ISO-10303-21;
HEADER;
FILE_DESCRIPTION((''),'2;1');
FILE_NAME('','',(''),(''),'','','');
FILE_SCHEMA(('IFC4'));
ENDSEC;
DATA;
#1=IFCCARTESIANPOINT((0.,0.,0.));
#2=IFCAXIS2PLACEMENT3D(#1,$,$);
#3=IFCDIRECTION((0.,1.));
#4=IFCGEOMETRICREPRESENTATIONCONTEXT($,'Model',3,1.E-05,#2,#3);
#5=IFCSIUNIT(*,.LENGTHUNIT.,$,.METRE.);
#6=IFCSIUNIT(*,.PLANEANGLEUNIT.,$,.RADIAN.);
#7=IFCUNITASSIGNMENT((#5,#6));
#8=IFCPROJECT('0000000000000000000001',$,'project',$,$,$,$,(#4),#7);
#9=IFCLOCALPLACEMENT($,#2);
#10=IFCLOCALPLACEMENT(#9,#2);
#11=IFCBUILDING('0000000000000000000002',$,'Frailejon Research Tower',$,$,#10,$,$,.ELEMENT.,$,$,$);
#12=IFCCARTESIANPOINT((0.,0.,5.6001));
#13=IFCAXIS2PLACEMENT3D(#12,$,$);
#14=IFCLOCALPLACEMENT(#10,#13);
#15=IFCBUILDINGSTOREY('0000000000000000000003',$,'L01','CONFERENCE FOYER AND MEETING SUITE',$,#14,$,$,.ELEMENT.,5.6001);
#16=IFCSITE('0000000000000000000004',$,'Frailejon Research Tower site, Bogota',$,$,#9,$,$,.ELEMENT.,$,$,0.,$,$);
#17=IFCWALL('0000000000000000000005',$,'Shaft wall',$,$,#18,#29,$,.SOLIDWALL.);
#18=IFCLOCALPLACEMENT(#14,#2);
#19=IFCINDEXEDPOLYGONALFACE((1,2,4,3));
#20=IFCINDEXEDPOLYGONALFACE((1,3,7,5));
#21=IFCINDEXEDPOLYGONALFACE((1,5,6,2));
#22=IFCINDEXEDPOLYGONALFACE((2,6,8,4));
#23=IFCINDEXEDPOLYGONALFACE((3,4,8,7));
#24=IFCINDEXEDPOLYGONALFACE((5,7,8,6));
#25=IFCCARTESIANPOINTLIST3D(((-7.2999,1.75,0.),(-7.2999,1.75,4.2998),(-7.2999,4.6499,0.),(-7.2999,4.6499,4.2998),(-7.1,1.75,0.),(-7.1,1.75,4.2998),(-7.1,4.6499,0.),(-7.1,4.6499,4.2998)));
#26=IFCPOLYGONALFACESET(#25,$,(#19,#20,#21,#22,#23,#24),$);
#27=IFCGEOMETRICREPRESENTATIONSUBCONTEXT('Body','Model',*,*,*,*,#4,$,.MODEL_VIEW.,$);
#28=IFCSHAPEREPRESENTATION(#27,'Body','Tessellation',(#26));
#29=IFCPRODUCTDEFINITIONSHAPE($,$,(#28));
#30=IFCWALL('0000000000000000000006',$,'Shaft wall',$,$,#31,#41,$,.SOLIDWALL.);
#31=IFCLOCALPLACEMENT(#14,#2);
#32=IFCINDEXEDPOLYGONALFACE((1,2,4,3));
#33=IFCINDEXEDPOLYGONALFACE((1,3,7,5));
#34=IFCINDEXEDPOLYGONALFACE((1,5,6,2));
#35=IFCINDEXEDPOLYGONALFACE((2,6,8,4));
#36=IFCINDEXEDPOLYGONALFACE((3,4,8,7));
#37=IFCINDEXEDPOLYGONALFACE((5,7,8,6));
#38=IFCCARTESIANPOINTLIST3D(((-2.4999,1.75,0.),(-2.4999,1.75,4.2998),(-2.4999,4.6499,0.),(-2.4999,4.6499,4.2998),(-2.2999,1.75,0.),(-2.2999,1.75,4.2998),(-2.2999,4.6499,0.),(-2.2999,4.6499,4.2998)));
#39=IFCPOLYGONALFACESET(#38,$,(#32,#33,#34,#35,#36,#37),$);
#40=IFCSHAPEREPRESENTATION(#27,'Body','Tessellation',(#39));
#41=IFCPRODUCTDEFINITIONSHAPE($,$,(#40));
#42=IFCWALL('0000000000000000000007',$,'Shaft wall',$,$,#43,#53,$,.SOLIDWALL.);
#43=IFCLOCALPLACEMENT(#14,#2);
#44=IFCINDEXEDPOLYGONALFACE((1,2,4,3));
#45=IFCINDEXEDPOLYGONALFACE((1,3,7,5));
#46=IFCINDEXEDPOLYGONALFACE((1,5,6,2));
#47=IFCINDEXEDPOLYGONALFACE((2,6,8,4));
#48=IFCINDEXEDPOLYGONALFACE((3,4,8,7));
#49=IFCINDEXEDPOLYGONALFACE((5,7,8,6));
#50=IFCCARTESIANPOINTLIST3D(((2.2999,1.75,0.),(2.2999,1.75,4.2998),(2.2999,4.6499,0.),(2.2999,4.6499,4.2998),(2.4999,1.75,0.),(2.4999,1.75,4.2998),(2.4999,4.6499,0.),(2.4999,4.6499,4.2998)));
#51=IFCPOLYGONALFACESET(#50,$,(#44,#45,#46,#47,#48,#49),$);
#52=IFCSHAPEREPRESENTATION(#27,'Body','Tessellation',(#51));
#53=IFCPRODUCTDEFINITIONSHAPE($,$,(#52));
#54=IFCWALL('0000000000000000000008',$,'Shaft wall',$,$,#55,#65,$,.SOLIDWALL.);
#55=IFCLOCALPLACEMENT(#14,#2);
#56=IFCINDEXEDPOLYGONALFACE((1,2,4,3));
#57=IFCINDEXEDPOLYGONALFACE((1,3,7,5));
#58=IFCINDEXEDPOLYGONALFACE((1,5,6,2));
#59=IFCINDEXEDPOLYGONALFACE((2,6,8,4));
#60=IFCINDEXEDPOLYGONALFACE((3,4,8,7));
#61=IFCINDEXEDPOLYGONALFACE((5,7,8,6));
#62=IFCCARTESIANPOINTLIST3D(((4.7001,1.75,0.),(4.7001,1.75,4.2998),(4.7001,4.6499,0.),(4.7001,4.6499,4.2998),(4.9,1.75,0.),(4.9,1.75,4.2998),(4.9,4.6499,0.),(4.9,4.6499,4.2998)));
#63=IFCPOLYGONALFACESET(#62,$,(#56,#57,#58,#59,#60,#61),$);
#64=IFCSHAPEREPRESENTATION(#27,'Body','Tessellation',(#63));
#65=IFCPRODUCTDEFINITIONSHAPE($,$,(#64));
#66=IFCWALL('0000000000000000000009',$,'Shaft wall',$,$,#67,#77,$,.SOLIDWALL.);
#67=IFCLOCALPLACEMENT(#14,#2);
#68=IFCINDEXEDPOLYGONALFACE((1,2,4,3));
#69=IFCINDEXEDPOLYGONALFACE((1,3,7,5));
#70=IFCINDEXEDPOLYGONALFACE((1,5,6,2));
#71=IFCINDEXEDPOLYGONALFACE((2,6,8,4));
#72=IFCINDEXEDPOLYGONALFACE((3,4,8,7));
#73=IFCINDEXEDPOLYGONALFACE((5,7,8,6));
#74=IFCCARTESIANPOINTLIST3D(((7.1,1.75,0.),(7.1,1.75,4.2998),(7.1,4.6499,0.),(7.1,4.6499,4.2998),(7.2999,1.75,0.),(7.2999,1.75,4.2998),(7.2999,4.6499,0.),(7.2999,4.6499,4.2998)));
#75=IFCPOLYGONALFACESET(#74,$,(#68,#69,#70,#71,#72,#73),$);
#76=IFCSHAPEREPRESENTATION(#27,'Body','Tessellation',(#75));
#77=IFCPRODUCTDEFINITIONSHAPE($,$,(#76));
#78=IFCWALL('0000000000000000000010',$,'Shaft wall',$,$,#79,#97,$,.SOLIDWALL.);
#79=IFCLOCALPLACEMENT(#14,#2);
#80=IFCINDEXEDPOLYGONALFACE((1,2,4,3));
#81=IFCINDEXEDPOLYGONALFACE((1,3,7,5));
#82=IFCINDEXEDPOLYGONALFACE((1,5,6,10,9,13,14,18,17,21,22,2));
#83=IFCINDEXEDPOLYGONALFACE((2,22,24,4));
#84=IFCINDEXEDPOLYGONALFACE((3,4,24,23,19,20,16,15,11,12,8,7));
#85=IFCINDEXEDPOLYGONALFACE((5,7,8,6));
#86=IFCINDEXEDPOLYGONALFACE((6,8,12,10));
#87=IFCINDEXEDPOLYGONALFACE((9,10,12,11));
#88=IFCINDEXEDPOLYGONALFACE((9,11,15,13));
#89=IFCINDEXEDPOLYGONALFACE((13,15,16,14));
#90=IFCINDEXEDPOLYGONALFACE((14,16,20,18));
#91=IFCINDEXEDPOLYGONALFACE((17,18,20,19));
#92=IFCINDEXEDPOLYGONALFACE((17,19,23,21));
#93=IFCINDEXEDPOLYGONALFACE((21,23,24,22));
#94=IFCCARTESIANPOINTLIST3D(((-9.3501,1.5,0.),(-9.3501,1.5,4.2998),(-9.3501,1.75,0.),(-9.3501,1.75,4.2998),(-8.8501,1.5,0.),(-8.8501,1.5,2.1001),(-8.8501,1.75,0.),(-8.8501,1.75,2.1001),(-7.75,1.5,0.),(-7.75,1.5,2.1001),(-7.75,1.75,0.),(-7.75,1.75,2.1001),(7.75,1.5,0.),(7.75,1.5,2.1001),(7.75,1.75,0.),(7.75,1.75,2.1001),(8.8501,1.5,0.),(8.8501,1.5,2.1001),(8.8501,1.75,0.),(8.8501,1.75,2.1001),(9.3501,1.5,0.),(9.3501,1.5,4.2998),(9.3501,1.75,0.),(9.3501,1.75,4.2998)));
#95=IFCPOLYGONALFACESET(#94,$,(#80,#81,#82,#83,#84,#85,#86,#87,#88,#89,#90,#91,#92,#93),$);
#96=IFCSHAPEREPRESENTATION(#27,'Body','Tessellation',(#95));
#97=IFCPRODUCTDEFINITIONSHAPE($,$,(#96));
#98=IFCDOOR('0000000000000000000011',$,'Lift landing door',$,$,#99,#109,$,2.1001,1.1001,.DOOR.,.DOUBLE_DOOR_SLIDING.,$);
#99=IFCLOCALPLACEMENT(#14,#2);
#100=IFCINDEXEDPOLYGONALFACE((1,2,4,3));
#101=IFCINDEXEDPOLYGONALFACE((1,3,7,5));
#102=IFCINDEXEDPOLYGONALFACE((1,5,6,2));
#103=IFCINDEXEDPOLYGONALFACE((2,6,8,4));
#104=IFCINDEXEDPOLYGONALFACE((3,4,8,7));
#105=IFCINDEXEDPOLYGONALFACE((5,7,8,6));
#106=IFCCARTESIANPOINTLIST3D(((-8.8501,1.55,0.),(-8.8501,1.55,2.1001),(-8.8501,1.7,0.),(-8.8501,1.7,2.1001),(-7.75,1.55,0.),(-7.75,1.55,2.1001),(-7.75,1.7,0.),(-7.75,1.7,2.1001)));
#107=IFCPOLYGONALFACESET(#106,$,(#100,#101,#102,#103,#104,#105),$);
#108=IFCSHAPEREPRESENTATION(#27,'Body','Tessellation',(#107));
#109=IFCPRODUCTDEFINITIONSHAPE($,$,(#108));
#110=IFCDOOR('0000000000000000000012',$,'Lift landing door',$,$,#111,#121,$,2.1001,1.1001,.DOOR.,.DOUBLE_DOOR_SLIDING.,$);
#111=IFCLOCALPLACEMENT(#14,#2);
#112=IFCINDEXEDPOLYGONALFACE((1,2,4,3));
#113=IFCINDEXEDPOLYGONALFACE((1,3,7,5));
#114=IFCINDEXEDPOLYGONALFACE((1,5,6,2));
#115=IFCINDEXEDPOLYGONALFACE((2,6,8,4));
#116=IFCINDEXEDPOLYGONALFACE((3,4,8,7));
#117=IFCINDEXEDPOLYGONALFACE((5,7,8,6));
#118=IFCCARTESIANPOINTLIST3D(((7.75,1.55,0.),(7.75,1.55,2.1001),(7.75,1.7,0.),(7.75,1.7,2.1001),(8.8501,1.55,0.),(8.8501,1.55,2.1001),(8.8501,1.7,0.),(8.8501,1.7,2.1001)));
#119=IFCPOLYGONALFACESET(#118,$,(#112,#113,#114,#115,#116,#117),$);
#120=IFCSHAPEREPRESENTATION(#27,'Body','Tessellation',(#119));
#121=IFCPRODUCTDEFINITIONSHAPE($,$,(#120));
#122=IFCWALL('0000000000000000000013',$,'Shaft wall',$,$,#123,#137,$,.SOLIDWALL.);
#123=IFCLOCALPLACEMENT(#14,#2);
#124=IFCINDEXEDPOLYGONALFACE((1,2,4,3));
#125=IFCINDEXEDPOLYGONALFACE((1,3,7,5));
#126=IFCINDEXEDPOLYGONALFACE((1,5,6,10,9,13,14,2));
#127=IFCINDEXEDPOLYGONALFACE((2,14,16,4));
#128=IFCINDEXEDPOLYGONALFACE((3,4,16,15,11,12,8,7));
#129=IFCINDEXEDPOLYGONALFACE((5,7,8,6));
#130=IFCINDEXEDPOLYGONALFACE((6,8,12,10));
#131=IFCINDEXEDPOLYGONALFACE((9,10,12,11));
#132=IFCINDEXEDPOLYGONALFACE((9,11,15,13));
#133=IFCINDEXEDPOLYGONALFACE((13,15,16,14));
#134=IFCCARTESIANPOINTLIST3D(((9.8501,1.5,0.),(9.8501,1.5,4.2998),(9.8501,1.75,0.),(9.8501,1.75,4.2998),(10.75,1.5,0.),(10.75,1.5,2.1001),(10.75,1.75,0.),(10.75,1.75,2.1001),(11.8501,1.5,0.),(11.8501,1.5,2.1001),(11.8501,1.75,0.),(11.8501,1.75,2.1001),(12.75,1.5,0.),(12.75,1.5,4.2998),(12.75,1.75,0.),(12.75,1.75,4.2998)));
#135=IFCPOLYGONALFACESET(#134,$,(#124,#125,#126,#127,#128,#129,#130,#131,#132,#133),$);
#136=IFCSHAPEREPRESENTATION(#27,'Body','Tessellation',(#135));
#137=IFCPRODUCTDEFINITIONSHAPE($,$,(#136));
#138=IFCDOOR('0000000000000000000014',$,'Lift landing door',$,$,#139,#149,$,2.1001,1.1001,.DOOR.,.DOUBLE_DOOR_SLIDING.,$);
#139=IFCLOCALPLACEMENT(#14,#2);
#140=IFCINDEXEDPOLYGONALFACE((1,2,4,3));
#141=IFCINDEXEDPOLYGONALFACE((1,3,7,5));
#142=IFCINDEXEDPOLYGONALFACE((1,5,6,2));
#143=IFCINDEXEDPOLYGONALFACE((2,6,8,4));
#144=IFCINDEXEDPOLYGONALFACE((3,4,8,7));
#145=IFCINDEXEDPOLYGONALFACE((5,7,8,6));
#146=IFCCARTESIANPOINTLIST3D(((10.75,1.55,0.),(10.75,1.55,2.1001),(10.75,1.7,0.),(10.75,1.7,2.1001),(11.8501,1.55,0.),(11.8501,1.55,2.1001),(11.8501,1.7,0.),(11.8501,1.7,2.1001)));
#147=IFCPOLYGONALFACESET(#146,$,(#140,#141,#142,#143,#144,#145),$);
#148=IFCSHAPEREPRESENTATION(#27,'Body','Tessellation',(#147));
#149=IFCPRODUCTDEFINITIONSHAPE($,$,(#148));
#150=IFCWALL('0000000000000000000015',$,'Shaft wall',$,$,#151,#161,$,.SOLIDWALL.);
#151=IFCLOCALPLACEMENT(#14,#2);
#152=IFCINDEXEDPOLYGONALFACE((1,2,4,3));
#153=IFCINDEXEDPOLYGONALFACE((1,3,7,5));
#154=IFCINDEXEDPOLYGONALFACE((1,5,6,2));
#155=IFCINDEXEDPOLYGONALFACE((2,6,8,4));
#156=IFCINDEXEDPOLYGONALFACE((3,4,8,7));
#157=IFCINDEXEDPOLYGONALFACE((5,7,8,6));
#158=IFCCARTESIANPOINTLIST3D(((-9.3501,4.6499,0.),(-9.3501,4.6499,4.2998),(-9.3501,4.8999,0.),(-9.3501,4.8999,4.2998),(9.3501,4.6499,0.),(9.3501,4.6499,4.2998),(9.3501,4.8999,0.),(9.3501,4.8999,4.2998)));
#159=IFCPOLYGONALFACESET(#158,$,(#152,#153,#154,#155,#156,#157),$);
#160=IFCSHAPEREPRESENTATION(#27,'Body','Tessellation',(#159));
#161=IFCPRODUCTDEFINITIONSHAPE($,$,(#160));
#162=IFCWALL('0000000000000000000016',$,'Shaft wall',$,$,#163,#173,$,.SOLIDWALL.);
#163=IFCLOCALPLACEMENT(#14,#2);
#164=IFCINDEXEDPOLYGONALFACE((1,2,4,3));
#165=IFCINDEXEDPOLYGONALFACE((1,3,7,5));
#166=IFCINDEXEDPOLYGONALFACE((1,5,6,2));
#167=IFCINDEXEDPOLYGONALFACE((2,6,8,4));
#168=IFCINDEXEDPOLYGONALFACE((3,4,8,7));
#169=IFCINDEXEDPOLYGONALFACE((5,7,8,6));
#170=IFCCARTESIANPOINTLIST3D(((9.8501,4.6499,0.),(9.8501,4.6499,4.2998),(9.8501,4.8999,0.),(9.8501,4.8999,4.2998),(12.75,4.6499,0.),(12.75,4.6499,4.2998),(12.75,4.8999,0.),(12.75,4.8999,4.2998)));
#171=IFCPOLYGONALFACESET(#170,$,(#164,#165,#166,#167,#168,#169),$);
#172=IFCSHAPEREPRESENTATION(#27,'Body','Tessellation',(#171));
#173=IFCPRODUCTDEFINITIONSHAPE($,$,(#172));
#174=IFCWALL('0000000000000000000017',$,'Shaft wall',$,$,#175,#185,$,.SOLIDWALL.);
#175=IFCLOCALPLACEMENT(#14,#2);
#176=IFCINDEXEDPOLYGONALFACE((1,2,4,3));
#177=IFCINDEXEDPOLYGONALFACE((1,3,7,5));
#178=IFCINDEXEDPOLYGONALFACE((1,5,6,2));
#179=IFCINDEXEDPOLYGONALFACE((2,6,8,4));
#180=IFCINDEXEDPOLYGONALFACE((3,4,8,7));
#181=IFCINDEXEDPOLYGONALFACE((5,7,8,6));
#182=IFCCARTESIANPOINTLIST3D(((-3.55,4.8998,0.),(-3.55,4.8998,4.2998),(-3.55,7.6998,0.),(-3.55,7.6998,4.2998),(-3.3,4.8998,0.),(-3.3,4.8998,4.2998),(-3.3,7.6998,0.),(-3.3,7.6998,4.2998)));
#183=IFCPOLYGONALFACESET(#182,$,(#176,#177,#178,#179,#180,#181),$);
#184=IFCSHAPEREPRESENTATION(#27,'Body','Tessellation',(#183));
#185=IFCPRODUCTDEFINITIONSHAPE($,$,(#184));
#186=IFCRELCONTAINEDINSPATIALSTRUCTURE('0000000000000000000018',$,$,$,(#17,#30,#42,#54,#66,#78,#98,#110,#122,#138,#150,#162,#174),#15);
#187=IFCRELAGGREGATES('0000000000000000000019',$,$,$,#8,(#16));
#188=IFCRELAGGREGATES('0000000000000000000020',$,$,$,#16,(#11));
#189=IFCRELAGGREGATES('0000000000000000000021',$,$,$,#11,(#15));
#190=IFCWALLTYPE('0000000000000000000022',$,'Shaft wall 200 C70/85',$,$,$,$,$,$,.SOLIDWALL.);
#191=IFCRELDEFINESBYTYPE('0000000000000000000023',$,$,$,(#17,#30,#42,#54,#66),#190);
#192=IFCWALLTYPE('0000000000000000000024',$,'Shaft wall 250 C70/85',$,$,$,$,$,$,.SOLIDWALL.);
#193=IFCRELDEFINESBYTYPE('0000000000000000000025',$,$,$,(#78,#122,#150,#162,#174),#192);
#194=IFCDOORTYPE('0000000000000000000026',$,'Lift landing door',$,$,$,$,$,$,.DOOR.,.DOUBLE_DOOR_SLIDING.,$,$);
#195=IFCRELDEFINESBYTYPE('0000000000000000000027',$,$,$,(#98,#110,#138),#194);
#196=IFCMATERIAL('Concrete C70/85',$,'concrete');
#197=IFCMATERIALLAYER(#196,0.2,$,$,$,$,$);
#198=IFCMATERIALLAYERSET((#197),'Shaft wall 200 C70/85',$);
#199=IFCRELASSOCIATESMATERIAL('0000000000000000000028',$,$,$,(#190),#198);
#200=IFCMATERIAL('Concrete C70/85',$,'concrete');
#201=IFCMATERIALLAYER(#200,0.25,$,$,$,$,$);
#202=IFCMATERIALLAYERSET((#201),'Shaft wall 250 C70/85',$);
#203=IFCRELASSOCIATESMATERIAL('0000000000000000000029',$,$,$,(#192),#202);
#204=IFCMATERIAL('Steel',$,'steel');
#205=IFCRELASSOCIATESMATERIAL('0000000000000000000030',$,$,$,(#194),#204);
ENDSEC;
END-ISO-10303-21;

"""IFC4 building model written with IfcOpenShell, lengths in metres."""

from ifc_helpers import new_model, si_unit, direction, frame, frame_2d, origin, place, context, subcontext, project, spatial, rectangle, extrude, material, layer, layer_set, type_object, element, fill, save


model = new_model("IFC4")

# Units and contexts
model_context = context("Model", 3, precision=1e-05, world=origin(), true_north=direction((0.0, 1.0)))
body_context = subcontext(model_context, "Body", "Model", "MODEL_VIEW")
ifc_project = project(units=[si_unit("LENGTHUNIT", "METRE"), si_unit("PLANEANGLEUNIT", "RADIAN")], contexts=[model_context])

# Site, building, storey
site_placement = place(None, origin())
site = spatial("IfcSite", under=ifc_project, at=site_placement, Name="Frailejon Research Tower site, Bogota", CompositionType="ELEMENT", RefElevation=0.0)
building_placement = place(site_placement, origin())
building = spatial("IfcBuilding", under=site, at=building_placement, Name="Frailejon Research Tower", CompositionType="ELEMENT")
storey_placement = place(building_placement, frame((0.0, 0.0, 5.6001)))
storey = spatial("IfcBuildingStorey", under=building, at=storey_placement, Name="L01", Description="CONFERENCE FOYER AND MEETING SUITE", CompositionType="ELEMENT", Elevation=5.6001)

# Walls
ifc_material_1 = material(Name="Concrete C70/85", Category="concrete")
ifc_layer_1 = layer(ifc_material_1, 0.2)
ifc_layer_set_1 = layer_set([ifc_layer_1], Name="Shaft wall 200 C70/85")
wall_type_1 = type_object("IfcWallType", Name="Shaft wall 200 C70/85", PredefinedType="SOLIDWALL", material=ifc_layer_set_1)
for number, where, z_axis, x_axis, name in (
    (1, (-7.2, 1.75, 0.0), (0.0, 0.0, 1.0), (0.0, 1.0, 0.0), "Shaft wall"),
    (2, (-2.3999, 1.75, 0.0), (0.0, 0.0, 1.0), (0.0, 1.0, 0.0), "Shaft wall"),
    (3, (2.3999, 1.75, 0.0), (0.0, 0.0, 1.0), (0.0, 1.0, 0.0), "Shaft wall"),
    (4, (4.8, 1.75, 0.0), (0.0, 0.0, 1.0), (0.0, 1.0, 0.0), "Shaft wall"),
    (5, (7.2, 1.75, 0.0), (0.0, 0.0, 1.0), (0.0, 1.0, 0.0), "Shaft wall"),
):
    element("IfcWall", number, at=place(storey_placement, frame(where, z_axis=z_axis, x_axis=x_axis)), inside=storey, type_object=wall_type_1, Name=name, PredefinedType="SOLIDWALL", context=body_context, shape_type="SweptSolid", body=[
        extrude(rectangle(XDim=2.8999, YDim=0.2, at=frame_2d((1.45, 0.0))), origin(), (0.0, 0.0, 1.0), 4.2998),
    ])

# Wall, openings, doors
ifc_material_2 = material(Name="Concrete C70/85", Category="concrete")
ifc_layer_2 = layer(ifc_material_2, 0.25)
ifc_layer_set_2 = layer_set([ifc_layer_2], Name="Shaft wall 250 C70/85")
wall_type_2 = type_object("IfcWallType", Name="Shaft wall 250 C70/85", PredefinedType="SOLIDWALL", material=ifc_layer_set_2)
wall_1_placement = place(storey_placement, frame((-9.3501, 1.625, 0.0), z_axis=(0.0, 0.0, 1.0), x_axis=(1.0, 0.0, 0.0)))
wall_1 = element("IfcWall", 6, at=wall_1_placement, inside=storey, type_object=wall_type_2, Name="Shaft wall", PredefinedType="SOLIDWALL", context=body_context, shape_type="SweptSolid", body=[
    extrude(rectangle(XDim=18.7002, YDim=0.25, at=frame_2d((9.3501, 0.0))), origin(), (0.0, 0.0, 1.0), 4.2998),
])
opening_1_placement = place(wall_1_placement, frame((0.5, 0.0, 0.0)))
opening_1 = element("IfcOpeningElement", 7, at=opening_1_placement, cuts=wall_1, PredefinedType="OPENING", context=body_context, shape_type="SweptSolid", body=[
    extrude(rectangle(XDim=1.1001, YDim=2.1001, at=frame_2d((0.55, 1.05))), frame((0.0, 0.135, 0.0), z_axis=(0.0, -1.0, 0.0), x_axis=(1.0, 0.0, 0.0)), (0.0, 0.0, 1.0), 0.27),
])
opening_2_placement = place(wall_1_placement, frame((17.1001, 0.0, 0.0)))
opening_2 = element("IfcOpeningElement", 8, at=opening_2_placement, cuts=wall_1, PredefinedType="OPENING", context=body_context, shape_type="SweptSolid", body=[
    extrude(rectangle(XDim=1.1001, YDim=2.1001, at=frame_2d((0.55, 1.05))), frame((0.0, 0.135, 0.0), z_axis=(0.0, -1.0, 0.0), x_axis=(1.0, 0.0, 0.0)), (0.0, 0.0, 1.0), 0.27),
])
ifc_material_3 = material(Name="Steel", Category="steel")
door_type_1 = type_object("IfcDoorType", Name="Lift landing door", OperationType="DOUBLE_DOOR_SLIDING", PredefinedType="DOOR", material=ifc_material_3)
door_1_placement = place(opening_1_placement, origin())
door_1 = element("IfcDoor", 9, at=door_1_placement, inside=storey, type_object=door_type_1, Name="Lift landing door", OperationType="DOUBLE_DOOR_SLIDING", OverallHeight=2.1001, OverallWidth=1.1001, PredefinedType="DOOR", context=body_context, shape_type="SweptSolid", body=[
    extrude(rectangle(XDim=1.1001, YDim=2.1001, at=frame_2d((0.55, 1.05))), frame((0.0, 0.075, 0.0), z_axis=(0.0, -1.0, 0.0), x_axis=(1.0, 0.0, 0.0)), (0.0, 0.0, 1.0), 0.1499),
])
fill(opening_1, door_1)
door_2_placement = place(opening_2_placement, origin())
door_2 = element("IfcDoor", 10, at=door_2_placement, inside=storey, type_object=door_type_1, Name="Lift landing door", OperationType="DOUBLE_DOOR_SLIDING", OverallHeight=2.1001, OverallWidth=1.1001, PredefinedType="DOOR", context=body_context, shape_type="SweptSolid", body=[
    extrude(rectangle(XDim=1.1001, YDim=2.1001, at=frame_2d((0.55, 1.05))), frame((0.0, 0.075, 0.0), z_axis=(0.0, -1.0, 0.0), x_axis=(1.0, 0.0, 0.0)), (0.0, 0.0, 1.0), 0.1499),
])
fill(opening_2, door_2)

# Wall, opening, door
wall_2_placement = place(storey_placement, frame((9.8501, 1.625, 0.0), z_axis=(0.0, 0.0, 1.0), x_axis=(1.0, 0.0, 0.0)))
wall_2 = element("IfcWall", 11, at=wall_2_placement, inside=storey, type_object=wall_type_2, Name="Shaft wall", PredefinedType="SOLIDWALL", context=body_context, shape_type="SweptSolid", body=[
    extrude(rectangle(XDim=2.8999, YDim=0.25, at=frame_2d((1.45, 0.0))), origin(), (0.0, 0.0, 1.0), 4.2998),
])
opening_3_placement = place(wall_2_placement, frame((0.8999, 0.0, 0.0)))
opening_3 = element("IfcOpeningElement", 12, at=opening_3_placement, cuts=wall_2, PredefinedType="OPENING", context=body_context, shape_type="SweptSolid", body=[
    extrude(rectangle(XDim=1.1001, YDim=2.1001, at=frame_2d((0.55, 1.05))), frame((0.0, 0.135, 0.0), z_axis=(0.0, -1.0, 0.0), x_axis=(1.0, 0.0, 0.0)), (0.0, 0.0, 1.0), 0.27),
])
door_3_placement = place(opening_3_placement, origin())
door_3 = element("IfcDoor", 13, at=door_3_placement, inside=storey, type_object=door_type_1, Name="Lift landing door", OperationType="DOUBLE_DOOR_SLIDING", OverallHeight=2.1001, OverallWidth=1.1001, PredefinedType="DOOR", context=body_context, shape_type="SweptSolid", body=[
    extrude(rectangle(XDim=1.1001, YDim=2.1001, at=frame_2d((0.55, 1.05))), frame((0.0, 0.075, 0.0), z_axis=(0.0, -1.0, 0.0), x_axis=(1.0, 0.0, 0.0)), (0.0, 0.0, 1.0), 0.1499),
])
fill(opening_3, door_3)

# Walls
wall_3_placement = place(storey_placement, frame((-9.3501, 4.7749, 0.0), z_axis=(0.0, 0.0, 1.0), x_axis=(1.0, 0.0, 0.0)))
element("IfcWall", 14, at=wall_3_placement, inside=storey, type_object=wall_type_2, Name="Shaft wall", PredefinedType="SOLIDWALL", context=body_context, shape_type="SweptSolid", body=[
    extrude(rectangle(XDim=18.7002, YDim=0.25, at=frame_2d((9.3501, 0.0))), origin(), (0.0, 0.0, 1.0), 4.2998),
])
wall_4_placement = place(storey_placement, frame((9.8501, 4.7749, 0.0), z_axis=(0.0, 0.0, 1.0), x_axis=(1.0, 0.0, 0.0)))
element("IfcWall", 15, at=wall_4_placement, inside=storey, type_object=wall_type_2, Name="Shaft wall", PredefinedType="SOLIDWALL", context=body_context, shape_type="SweptSolid", body=[
    extrude(rectangle(XDim=2.8999, YDim=0.25, at=frame_2d((1.45, 0.0))), origin(), (0.0, 0.0, 1.0), 4.2998),
])
wall_5_placement = place(storey_placement, frame((-3.425, 4.8999, 0.0), z_axis=(0.0, 0.0, 1.0), x_axis=(0.0, 1.0, 0.0)))
element("IfcWall", 16, at=wall_5_placement, inside=storey, type_object=wall_type_2, Name="Shaft wall", PredefinedType="SOLIDWALL", context=body_context, shape_type="SweptSolid", body=[
    extrude(rectangle(XDim=2.8, YDim=0.25, at=frame_2d((1.3999, 0.0))), origin(), (0.0, 0.0, 1.0), 4.2998),
])

save(model, "model.ifc")
